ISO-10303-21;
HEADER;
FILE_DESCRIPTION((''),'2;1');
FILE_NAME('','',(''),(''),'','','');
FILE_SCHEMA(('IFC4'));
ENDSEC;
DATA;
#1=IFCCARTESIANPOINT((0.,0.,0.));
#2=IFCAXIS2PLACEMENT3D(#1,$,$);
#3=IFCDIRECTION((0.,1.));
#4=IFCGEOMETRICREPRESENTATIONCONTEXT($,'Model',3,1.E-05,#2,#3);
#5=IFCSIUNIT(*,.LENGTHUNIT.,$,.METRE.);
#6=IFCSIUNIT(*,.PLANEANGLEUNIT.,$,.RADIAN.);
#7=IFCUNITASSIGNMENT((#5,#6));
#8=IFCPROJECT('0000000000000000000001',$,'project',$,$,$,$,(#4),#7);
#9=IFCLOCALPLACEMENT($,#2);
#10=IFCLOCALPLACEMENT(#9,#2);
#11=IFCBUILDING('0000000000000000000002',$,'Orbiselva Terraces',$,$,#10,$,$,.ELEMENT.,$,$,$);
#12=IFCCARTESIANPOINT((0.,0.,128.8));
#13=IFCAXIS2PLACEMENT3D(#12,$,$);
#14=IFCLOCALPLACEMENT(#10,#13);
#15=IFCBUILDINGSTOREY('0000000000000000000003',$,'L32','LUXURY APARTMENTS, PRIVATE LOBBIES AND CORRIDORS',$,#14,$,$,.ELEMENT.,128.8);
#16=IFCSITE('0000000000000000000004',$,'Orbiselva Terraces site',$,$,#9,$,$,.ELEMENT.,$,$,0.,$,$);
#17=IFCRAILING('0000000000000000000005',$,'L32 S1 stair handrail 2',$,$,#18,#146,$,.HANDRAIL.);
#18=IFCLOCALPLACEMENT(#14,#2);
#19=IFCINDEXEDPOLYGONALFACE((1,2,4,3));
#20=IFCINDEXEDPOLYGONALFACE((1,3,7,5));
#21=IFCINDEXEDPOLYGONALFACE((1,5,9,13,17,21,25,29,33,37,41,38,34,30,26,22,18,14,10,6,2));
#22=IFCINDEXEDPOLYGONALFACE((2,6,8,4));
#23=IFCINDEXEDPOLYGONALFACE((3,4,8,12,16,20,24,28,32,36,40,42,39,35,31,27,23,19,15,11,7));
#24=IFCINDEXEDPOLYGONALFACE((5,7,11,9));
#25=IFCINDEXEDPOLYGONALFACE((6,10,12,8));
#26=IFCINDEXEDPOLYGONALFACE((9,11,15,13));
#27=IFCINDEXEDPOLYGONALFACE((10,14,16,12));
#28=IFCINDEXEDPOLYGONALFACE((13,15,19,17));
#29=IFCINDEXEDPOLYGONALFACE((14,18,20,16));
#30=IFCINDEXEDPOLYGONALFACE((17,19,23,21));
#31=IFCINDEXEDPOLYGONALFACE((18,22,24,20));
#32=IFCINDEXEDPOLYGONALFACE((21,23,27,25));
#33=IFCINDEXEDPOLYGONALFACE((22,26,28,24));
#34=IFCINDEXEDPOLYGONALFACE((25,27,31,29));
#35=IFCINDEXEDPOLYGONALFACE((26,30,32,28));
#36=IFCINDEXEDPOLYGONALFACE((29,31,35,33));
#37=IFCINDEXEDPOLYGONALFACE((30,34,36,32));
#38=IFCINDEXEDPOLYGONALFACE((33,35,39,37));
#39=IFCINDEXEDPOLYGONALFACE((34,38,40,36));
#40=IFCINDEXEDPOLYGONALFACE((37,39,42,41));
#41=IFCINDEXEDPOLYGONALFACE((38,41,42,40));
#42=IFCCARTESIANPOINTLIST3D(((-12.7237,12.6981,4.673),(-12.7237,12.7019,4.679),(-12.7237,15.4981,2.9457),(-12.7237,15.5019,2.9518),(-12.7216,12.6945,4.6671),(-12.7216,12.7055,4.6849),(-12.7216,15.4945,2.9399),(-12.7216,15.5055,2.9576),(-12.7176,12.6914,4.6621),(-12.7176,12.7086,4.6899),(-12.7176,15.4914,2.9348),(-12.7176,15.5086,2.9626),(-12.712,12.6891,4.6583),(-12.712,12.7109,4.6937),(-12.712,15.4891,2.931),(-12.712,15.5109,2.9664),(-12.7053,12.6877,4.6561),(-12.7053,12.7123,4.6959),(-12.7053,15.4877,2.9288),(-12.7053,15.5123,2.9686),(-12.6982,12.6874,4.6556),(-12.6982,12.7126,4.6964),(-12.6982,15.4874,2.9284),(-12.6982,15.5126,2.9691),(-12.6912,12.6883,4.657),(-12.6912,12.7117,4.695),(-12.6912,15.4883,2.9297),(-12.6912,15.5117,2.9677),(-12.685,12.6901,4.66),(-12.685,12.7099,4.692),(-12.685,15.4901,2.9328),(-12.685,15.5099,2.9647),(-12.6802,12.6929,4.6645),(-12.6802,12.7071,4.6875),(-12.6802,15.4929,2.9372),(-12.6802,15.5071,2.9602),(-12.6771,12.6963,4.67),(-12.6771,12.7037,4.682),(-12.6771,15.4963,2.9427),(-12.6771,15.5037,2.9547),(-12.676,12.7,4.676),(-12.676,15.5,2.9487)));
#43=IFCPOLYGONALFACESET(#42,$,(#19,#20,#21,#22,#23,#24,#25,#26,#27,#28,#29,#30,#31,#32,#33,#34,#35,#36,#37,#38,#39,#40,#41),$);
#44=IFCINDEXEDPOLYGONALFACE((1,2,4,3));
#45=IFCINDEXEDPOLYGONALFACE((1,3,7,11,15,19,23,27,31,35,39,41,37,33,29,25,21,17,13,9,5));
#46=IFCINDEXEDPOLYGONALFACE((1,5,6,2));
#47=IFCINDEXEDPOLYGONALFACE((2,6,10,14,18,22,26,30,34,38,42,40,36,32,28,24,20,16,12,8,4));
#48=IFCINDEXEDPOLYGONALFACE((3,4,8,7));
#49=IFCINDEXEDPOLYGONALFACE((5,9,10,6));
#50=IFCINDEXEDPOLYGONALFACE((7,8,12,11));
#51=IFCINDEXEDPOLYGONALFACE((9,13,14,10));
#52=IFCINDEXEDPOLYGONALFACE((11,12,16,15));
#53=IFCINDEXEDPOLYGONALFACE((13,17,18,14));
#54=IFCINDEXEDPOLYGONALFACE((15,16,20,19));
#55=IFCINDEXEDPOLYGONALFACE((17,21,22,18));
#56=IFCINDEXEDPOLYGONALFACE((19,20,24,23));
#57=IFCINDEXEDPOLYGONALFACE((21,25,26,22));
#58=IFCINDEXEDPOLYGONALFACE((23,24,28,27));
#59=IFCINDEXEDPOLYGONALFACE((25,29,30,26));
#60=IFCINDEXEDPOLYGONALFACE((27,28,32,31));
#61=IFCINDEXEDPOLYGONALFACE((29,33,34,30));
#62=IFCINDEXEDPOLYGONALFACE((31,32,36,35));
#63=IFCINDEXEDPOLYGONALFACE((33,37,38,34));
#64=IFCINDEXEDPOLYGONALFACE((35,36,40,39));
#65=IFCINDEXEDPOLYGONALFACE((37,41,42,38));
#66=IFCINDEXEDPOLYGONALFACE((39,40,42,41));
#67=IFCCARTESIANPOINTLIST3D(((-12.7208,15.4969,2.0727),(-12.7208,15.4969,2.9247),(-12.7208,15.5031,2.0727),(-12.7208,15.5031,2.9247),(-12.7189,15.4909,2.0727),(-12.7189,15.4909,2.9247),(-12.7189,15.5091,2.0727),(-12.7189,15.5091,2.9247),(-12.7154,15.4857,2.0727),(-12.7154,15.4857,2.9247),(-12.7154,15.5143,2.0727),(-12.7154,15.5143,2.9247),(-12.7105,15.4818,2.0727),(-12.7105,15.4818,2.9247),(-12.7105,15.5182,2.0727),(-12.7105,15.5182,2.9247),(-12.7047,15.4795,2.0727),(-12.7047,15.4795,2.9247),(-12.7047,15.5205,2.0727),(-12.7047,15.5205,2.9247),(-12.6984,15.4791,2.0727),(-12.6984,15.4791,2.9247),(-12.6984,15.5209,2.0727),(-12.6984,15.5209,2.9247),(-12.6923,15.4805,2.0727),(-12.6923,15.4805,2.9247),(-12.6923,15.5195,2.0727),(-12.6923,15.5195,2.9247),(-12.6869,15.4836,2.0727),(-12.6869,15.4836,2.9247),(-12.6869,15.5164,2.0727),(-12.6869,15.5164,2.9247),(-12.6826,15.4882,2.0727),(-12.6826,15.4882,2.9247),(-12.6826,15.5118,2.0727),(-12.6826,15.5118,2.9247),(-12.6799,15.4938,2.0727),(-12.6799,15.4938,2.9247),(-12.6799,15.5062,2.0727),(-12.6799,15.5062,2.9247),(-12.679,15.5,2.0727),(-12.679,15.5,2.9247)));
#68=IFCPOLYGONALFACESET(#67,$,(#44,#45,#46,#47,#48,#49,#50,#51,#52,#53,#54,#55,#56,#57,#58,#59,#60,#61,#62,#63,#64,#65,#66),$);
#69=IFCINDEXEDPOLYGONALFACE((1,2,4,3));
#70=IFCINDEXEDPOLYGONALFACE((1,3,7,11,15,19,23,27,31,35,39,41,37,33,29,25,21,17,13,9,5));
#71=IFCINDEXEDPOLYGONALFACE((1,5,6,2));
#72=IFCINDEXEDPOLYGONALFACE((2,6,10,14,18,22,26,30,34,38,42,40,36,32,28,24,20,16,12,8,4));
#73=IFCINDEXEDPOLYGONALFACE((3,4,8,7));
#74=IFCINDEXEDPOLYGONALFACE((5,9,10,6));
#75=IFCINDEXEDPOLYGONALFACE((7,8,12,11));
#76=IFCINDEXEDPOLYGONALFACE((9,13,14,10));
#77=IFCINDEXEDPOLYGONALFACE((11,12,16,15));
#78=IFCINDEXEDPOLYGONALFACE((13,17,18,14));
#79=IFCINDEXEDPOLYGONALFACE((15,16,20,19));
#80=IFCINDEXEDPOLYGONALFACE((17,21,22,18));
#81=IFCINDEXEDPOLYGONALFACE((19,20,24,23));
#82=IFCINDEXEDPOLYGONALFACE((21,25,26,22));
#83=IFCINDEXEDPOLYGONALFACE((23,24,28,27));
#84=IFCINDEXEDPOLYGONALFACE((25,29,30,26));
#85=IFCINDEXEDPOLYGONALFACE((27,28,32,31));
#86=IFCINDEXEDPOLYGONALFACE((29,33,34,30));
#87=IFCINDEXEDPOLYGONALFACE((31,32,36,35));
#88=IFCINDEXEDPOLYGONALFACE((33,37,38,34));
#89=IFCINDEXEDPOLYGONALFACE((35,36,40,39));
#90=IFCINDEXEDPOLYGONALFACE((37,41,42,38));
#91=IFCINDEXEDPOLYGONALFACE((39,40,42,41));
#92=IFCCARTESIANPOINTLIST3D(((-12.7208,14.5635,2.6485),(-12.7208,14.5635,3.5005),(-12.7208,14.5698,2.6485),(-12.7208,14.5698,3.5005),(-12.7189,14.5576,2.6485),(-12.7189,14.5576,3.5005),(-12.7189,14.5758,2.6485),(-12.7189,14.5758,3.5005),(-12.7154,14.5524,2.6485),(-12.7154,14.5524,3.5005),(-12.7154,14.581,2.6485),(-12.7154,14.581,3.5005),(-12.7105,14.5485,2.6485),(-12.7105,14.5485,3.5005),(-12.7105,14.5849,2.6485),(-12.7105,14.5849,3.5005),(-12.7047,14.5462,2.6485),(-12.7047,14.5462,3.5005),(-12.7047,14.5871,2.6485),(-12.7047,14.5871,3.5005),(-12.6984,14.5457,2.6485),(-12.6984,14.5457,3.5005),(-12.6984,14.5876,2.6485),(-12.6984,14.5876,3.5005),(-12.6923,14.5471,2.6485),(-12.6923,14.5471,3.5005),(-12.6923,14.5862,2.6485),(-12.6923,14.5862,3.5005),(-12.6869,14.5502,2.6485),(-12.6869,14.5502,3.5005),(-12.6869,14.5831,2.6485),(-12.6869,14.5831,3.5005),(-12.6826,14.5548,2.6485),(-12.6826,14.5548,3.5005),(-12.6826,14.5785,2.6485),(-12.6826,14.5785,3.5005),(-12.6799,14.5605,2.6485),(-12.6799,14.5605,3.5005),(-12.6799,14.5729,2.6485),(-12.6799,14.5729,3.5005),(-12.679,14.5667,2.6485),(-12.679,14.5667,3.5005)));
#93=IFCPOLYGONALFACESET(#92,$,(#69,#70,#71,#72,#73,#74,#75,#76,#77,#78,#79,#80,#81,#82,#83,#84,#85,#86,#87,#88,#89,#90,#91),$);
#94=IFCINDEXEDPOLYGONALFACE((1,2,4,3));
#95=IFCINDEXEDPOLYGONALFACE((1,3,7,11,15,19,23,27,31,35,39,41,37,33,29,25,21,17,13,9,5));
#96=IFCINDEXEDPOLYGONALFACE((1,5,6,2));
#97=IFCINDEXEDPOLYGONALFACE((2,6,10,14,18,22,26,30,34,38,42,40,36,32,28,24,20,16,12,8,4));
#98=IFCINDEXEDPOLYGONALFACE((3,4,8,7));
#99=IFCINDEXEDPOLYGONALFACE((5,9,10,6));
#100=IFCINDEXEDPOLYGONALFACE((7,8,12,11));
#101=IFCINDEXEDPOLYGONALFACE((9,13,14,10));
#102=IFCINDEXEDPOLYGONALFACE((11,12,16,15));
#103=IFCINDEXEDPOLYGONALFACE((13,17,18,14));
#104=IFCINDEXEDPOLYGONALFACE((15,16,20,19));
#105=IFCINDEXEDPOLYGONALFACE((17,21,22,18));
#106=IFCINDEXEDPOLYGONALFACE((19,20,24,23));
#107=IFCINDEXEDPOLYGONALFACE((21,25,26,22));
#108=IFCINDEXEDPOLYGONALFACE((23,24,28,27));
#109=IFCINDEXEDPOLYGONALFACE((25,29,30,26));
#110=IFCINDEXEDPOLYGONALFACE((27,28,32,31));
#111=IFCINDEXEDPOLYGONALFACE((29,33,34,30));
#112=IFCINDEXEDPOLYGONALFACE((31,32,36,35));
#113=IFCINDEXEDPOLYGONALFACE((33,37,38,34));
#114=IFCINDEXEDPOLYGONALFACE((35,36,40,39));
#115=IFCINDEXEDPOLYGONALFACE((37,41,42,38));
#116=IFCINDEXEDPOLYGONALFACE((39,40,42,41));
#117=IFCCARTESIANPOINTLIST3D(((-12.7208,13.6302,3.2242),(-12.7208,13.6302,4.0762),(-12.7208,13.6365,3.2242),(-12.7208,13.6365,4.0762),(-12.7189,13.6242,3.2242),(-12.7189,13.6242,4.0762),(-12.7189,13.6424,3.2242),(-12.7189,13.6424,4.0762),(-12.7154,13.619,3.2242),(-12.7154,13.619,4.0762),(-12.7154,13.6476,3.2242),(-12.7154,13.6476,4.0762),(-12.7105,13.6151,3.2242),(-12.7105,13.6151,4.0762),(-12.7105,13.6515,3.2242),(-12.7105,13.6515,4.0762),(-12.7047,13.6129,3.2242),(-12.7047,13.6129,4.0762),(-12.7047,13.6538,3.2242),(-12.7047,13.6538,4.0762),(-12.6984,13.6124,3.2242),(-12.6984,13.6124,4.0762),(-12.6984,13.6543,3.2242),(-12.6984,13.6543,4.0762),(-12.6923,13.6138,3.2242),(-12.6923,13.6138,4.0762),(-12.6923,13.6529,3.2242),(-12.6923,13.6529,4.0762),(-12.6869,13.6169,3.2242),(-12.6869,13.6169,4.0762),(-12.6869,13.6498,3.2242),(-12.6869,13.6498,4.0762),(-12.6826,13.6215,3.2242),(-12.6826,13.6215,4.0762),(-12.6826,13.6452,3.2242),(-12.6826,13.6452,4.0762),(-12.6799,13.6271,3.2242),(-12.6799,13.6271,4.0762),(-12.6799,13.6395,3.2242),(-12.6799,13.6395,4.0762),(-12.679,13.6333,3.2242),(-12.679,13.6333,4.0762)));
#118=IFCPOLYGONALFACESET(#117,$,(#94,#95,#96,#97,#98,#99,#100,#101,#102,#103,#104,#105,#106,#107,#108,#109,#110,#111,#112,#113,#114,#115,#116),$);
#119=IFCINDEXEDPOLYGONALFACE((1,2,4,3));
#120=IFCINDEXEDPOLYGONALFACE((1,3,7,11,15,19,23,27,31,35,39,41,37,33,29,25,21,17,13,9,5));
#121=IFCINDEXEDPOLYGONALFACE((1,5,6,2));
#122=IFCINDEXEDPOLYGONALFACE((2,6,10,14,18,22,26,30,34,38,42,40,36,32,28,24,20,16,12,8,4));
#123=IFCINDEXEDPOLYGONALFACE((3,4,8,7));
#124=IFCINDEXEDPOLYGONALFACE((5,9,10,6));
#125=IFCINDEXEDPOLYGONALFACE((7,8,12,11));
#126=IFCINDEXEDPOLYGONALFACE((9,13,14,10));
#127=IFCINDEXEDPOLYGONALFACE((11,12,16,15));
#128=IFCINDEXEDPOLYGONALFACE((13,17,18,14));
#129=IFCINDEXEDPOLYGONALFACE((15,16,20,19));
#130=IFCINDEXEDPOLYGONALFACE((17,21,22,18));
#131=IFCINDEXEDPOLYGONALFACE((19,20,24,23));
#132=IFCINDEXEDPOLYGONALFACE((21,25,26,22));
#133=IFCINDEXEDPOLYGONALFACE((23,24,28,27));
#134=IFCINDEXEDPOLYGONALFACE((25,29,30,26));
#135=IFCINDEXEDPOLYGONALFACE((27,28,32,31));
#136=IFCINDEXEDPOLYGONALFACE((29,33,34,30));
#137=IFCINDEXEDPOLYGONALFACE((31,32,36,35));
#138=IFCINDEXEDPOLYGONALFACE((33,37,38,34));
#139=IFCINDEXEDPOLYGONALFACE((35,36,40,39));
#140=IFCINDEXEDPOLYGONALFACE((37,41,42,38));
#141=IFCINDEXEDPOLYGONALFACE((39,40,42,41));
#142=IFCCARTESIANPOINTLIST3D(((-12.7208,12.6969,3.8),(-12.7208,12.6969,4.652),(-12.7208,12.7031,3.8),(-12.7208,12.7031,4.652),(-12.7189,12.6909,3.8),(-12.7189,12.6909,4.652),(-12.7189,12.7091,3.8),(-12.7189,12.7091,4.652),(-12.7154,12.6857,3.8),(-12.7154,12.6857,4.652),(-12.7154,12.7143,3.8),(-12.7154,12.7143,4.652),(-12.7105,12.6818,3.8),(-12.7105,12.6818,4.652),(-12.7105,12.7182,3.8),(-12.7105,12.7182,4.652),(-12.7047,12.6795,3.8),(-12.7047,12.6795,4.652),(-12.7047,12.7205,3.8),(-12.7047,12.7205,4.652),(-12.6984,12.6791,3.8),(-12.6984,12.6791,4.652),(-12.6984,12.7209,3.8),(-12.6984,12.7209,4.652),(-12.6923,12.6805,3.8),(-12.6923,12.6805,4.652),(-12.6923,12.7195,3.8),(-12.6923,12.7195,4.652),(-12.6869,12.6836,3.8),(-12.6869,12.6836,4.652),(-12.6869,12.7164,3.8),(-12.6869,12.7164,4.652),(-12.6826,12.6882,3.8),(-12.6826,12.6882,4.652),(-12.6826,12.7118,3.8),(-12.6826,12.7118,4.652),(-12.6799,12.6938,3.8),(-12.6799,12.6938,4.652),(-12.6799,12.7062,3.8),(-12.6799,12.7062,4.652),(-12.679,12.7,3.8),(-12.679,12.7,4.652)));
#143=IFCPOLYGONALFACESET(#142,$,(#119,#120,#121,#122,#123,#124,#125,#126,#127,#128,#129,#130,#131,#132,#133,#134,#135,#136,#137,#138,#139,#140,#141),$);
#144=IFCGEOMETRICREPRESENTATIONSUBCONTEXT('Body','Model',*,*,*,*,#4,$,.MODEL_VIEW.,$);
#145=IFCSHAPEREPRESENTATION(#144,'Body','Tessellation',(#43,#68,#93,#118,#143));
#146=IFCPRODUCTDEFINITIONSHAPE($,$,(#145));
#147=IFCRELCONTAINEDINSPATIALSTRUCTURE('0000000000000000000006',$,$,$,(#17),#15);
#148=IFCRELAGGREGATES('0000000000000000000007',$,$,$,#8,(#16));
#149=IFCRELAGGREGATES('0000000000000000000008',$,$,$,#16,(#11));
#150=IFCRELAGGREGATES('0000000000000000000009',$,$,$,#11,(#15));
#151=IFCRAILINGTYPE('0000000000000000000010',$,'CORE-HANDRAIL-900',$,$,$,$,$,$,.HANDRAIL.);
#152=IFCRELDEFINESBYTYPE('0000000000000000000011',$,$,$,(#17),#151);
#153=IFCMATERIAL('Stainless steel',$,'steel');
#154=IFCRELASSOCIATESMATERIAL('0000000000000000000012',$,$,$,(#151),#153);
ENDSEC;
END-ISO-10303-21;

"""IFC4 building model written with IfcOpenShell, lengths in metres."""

from ifc_helpers import new_model, si_unit, direction, frame, origin, origin_2d, place, context, subcontext, project, spatial, circle, extrude, material, type_object, element, save


model = new_model("IFC4")

# Units and contexts
model_context = context("Model", 3, precision=1e-05, world=origin(), true_north=direction((0.0, 1.0)))
body_context = subcontext(model_context, "Body", "Model", "MODEL_VIEW")
ifc_project = project(units=[si_unit("LENGTHUNIT", "METRE"), si_unit("PLANEANGLEUNIT", "RADIAN")], contexts=[model_context])

# Site, building, storey
site_placement = place(None, origin())
site = spatial("IfcSite", under=ifc_project, at=site_placement, Name="Orbiselva Terraces site", CompositionType="ELEMENT", RefElevation=0.0)
building_placement = place(site_placement, origin())
building = spatial("IfcBuilding", under=site, at=building_placement, Name="Orbiselva Terraces", CompositionType="ELEMENT")
storey_placement = place(building_placement, frame((0.0, 0.0, 128.8)))
storey = spatial("IfcBuildingStorey", under=building, at=storey_placement, Name="L32", Description="LUXURY APARTMENTS, PRIVATE LOBBIES AND CORRIDORS", CompositionType="ELEMENT", Elevation=128.8)

# Railing
ifc_material_1 = material(Name="Stainless steel", Category="steel")
railing_type_1 = type_object("IfcRailingType", Name="CORE-HANDRAIL-900", PredefinedType="HANDRAIL", material=ifc_material_1)
railing_1_placement = place(storey_placement, frame((-12.7, 15.5, 2.0727)))
element("IfcRailing", 1, at=railing_1_placement, inside=storey, type_object=railing_type_1, Name="L32 S1 stair handrail 2", PredefinedType="HANDRAIL", context=body_context, shape_type="SweptSolid", body=[
    extrude(circle(Radius=0.024, at=origin_2d()), frame((0.0, 0.0, 0.876), z_axis=(0.0, -0.851089, 0.525022), x_axis=(1.0, 0.0, 0.0)), (0.0, 0.0, 1.0), 3.2899),
    extrude(circle(Radius=0.021, at=origin_2d()), origin(), (0.0, 0.0, 1.0), 0.852),
    extrude(circle(Radius=0.021, at=origin_2d()), frame((0.0, -0.9333, 0.5758)), (0.0, 0.0, 1.0), 0.852),
    extrude(circle(Radius=0.021, at=origin_2d()), frame((0.0, -1.8667, 1.1515)), (0.0, 0.0, 1.0), 0.852),
    extrude(circle(Radius=0.021, at=origin_2d()), frame((0.0, -2.8, 1.7273)), (0.0, 0.0, 1.0), 0.852),
])

save(model, "model.ifc")
